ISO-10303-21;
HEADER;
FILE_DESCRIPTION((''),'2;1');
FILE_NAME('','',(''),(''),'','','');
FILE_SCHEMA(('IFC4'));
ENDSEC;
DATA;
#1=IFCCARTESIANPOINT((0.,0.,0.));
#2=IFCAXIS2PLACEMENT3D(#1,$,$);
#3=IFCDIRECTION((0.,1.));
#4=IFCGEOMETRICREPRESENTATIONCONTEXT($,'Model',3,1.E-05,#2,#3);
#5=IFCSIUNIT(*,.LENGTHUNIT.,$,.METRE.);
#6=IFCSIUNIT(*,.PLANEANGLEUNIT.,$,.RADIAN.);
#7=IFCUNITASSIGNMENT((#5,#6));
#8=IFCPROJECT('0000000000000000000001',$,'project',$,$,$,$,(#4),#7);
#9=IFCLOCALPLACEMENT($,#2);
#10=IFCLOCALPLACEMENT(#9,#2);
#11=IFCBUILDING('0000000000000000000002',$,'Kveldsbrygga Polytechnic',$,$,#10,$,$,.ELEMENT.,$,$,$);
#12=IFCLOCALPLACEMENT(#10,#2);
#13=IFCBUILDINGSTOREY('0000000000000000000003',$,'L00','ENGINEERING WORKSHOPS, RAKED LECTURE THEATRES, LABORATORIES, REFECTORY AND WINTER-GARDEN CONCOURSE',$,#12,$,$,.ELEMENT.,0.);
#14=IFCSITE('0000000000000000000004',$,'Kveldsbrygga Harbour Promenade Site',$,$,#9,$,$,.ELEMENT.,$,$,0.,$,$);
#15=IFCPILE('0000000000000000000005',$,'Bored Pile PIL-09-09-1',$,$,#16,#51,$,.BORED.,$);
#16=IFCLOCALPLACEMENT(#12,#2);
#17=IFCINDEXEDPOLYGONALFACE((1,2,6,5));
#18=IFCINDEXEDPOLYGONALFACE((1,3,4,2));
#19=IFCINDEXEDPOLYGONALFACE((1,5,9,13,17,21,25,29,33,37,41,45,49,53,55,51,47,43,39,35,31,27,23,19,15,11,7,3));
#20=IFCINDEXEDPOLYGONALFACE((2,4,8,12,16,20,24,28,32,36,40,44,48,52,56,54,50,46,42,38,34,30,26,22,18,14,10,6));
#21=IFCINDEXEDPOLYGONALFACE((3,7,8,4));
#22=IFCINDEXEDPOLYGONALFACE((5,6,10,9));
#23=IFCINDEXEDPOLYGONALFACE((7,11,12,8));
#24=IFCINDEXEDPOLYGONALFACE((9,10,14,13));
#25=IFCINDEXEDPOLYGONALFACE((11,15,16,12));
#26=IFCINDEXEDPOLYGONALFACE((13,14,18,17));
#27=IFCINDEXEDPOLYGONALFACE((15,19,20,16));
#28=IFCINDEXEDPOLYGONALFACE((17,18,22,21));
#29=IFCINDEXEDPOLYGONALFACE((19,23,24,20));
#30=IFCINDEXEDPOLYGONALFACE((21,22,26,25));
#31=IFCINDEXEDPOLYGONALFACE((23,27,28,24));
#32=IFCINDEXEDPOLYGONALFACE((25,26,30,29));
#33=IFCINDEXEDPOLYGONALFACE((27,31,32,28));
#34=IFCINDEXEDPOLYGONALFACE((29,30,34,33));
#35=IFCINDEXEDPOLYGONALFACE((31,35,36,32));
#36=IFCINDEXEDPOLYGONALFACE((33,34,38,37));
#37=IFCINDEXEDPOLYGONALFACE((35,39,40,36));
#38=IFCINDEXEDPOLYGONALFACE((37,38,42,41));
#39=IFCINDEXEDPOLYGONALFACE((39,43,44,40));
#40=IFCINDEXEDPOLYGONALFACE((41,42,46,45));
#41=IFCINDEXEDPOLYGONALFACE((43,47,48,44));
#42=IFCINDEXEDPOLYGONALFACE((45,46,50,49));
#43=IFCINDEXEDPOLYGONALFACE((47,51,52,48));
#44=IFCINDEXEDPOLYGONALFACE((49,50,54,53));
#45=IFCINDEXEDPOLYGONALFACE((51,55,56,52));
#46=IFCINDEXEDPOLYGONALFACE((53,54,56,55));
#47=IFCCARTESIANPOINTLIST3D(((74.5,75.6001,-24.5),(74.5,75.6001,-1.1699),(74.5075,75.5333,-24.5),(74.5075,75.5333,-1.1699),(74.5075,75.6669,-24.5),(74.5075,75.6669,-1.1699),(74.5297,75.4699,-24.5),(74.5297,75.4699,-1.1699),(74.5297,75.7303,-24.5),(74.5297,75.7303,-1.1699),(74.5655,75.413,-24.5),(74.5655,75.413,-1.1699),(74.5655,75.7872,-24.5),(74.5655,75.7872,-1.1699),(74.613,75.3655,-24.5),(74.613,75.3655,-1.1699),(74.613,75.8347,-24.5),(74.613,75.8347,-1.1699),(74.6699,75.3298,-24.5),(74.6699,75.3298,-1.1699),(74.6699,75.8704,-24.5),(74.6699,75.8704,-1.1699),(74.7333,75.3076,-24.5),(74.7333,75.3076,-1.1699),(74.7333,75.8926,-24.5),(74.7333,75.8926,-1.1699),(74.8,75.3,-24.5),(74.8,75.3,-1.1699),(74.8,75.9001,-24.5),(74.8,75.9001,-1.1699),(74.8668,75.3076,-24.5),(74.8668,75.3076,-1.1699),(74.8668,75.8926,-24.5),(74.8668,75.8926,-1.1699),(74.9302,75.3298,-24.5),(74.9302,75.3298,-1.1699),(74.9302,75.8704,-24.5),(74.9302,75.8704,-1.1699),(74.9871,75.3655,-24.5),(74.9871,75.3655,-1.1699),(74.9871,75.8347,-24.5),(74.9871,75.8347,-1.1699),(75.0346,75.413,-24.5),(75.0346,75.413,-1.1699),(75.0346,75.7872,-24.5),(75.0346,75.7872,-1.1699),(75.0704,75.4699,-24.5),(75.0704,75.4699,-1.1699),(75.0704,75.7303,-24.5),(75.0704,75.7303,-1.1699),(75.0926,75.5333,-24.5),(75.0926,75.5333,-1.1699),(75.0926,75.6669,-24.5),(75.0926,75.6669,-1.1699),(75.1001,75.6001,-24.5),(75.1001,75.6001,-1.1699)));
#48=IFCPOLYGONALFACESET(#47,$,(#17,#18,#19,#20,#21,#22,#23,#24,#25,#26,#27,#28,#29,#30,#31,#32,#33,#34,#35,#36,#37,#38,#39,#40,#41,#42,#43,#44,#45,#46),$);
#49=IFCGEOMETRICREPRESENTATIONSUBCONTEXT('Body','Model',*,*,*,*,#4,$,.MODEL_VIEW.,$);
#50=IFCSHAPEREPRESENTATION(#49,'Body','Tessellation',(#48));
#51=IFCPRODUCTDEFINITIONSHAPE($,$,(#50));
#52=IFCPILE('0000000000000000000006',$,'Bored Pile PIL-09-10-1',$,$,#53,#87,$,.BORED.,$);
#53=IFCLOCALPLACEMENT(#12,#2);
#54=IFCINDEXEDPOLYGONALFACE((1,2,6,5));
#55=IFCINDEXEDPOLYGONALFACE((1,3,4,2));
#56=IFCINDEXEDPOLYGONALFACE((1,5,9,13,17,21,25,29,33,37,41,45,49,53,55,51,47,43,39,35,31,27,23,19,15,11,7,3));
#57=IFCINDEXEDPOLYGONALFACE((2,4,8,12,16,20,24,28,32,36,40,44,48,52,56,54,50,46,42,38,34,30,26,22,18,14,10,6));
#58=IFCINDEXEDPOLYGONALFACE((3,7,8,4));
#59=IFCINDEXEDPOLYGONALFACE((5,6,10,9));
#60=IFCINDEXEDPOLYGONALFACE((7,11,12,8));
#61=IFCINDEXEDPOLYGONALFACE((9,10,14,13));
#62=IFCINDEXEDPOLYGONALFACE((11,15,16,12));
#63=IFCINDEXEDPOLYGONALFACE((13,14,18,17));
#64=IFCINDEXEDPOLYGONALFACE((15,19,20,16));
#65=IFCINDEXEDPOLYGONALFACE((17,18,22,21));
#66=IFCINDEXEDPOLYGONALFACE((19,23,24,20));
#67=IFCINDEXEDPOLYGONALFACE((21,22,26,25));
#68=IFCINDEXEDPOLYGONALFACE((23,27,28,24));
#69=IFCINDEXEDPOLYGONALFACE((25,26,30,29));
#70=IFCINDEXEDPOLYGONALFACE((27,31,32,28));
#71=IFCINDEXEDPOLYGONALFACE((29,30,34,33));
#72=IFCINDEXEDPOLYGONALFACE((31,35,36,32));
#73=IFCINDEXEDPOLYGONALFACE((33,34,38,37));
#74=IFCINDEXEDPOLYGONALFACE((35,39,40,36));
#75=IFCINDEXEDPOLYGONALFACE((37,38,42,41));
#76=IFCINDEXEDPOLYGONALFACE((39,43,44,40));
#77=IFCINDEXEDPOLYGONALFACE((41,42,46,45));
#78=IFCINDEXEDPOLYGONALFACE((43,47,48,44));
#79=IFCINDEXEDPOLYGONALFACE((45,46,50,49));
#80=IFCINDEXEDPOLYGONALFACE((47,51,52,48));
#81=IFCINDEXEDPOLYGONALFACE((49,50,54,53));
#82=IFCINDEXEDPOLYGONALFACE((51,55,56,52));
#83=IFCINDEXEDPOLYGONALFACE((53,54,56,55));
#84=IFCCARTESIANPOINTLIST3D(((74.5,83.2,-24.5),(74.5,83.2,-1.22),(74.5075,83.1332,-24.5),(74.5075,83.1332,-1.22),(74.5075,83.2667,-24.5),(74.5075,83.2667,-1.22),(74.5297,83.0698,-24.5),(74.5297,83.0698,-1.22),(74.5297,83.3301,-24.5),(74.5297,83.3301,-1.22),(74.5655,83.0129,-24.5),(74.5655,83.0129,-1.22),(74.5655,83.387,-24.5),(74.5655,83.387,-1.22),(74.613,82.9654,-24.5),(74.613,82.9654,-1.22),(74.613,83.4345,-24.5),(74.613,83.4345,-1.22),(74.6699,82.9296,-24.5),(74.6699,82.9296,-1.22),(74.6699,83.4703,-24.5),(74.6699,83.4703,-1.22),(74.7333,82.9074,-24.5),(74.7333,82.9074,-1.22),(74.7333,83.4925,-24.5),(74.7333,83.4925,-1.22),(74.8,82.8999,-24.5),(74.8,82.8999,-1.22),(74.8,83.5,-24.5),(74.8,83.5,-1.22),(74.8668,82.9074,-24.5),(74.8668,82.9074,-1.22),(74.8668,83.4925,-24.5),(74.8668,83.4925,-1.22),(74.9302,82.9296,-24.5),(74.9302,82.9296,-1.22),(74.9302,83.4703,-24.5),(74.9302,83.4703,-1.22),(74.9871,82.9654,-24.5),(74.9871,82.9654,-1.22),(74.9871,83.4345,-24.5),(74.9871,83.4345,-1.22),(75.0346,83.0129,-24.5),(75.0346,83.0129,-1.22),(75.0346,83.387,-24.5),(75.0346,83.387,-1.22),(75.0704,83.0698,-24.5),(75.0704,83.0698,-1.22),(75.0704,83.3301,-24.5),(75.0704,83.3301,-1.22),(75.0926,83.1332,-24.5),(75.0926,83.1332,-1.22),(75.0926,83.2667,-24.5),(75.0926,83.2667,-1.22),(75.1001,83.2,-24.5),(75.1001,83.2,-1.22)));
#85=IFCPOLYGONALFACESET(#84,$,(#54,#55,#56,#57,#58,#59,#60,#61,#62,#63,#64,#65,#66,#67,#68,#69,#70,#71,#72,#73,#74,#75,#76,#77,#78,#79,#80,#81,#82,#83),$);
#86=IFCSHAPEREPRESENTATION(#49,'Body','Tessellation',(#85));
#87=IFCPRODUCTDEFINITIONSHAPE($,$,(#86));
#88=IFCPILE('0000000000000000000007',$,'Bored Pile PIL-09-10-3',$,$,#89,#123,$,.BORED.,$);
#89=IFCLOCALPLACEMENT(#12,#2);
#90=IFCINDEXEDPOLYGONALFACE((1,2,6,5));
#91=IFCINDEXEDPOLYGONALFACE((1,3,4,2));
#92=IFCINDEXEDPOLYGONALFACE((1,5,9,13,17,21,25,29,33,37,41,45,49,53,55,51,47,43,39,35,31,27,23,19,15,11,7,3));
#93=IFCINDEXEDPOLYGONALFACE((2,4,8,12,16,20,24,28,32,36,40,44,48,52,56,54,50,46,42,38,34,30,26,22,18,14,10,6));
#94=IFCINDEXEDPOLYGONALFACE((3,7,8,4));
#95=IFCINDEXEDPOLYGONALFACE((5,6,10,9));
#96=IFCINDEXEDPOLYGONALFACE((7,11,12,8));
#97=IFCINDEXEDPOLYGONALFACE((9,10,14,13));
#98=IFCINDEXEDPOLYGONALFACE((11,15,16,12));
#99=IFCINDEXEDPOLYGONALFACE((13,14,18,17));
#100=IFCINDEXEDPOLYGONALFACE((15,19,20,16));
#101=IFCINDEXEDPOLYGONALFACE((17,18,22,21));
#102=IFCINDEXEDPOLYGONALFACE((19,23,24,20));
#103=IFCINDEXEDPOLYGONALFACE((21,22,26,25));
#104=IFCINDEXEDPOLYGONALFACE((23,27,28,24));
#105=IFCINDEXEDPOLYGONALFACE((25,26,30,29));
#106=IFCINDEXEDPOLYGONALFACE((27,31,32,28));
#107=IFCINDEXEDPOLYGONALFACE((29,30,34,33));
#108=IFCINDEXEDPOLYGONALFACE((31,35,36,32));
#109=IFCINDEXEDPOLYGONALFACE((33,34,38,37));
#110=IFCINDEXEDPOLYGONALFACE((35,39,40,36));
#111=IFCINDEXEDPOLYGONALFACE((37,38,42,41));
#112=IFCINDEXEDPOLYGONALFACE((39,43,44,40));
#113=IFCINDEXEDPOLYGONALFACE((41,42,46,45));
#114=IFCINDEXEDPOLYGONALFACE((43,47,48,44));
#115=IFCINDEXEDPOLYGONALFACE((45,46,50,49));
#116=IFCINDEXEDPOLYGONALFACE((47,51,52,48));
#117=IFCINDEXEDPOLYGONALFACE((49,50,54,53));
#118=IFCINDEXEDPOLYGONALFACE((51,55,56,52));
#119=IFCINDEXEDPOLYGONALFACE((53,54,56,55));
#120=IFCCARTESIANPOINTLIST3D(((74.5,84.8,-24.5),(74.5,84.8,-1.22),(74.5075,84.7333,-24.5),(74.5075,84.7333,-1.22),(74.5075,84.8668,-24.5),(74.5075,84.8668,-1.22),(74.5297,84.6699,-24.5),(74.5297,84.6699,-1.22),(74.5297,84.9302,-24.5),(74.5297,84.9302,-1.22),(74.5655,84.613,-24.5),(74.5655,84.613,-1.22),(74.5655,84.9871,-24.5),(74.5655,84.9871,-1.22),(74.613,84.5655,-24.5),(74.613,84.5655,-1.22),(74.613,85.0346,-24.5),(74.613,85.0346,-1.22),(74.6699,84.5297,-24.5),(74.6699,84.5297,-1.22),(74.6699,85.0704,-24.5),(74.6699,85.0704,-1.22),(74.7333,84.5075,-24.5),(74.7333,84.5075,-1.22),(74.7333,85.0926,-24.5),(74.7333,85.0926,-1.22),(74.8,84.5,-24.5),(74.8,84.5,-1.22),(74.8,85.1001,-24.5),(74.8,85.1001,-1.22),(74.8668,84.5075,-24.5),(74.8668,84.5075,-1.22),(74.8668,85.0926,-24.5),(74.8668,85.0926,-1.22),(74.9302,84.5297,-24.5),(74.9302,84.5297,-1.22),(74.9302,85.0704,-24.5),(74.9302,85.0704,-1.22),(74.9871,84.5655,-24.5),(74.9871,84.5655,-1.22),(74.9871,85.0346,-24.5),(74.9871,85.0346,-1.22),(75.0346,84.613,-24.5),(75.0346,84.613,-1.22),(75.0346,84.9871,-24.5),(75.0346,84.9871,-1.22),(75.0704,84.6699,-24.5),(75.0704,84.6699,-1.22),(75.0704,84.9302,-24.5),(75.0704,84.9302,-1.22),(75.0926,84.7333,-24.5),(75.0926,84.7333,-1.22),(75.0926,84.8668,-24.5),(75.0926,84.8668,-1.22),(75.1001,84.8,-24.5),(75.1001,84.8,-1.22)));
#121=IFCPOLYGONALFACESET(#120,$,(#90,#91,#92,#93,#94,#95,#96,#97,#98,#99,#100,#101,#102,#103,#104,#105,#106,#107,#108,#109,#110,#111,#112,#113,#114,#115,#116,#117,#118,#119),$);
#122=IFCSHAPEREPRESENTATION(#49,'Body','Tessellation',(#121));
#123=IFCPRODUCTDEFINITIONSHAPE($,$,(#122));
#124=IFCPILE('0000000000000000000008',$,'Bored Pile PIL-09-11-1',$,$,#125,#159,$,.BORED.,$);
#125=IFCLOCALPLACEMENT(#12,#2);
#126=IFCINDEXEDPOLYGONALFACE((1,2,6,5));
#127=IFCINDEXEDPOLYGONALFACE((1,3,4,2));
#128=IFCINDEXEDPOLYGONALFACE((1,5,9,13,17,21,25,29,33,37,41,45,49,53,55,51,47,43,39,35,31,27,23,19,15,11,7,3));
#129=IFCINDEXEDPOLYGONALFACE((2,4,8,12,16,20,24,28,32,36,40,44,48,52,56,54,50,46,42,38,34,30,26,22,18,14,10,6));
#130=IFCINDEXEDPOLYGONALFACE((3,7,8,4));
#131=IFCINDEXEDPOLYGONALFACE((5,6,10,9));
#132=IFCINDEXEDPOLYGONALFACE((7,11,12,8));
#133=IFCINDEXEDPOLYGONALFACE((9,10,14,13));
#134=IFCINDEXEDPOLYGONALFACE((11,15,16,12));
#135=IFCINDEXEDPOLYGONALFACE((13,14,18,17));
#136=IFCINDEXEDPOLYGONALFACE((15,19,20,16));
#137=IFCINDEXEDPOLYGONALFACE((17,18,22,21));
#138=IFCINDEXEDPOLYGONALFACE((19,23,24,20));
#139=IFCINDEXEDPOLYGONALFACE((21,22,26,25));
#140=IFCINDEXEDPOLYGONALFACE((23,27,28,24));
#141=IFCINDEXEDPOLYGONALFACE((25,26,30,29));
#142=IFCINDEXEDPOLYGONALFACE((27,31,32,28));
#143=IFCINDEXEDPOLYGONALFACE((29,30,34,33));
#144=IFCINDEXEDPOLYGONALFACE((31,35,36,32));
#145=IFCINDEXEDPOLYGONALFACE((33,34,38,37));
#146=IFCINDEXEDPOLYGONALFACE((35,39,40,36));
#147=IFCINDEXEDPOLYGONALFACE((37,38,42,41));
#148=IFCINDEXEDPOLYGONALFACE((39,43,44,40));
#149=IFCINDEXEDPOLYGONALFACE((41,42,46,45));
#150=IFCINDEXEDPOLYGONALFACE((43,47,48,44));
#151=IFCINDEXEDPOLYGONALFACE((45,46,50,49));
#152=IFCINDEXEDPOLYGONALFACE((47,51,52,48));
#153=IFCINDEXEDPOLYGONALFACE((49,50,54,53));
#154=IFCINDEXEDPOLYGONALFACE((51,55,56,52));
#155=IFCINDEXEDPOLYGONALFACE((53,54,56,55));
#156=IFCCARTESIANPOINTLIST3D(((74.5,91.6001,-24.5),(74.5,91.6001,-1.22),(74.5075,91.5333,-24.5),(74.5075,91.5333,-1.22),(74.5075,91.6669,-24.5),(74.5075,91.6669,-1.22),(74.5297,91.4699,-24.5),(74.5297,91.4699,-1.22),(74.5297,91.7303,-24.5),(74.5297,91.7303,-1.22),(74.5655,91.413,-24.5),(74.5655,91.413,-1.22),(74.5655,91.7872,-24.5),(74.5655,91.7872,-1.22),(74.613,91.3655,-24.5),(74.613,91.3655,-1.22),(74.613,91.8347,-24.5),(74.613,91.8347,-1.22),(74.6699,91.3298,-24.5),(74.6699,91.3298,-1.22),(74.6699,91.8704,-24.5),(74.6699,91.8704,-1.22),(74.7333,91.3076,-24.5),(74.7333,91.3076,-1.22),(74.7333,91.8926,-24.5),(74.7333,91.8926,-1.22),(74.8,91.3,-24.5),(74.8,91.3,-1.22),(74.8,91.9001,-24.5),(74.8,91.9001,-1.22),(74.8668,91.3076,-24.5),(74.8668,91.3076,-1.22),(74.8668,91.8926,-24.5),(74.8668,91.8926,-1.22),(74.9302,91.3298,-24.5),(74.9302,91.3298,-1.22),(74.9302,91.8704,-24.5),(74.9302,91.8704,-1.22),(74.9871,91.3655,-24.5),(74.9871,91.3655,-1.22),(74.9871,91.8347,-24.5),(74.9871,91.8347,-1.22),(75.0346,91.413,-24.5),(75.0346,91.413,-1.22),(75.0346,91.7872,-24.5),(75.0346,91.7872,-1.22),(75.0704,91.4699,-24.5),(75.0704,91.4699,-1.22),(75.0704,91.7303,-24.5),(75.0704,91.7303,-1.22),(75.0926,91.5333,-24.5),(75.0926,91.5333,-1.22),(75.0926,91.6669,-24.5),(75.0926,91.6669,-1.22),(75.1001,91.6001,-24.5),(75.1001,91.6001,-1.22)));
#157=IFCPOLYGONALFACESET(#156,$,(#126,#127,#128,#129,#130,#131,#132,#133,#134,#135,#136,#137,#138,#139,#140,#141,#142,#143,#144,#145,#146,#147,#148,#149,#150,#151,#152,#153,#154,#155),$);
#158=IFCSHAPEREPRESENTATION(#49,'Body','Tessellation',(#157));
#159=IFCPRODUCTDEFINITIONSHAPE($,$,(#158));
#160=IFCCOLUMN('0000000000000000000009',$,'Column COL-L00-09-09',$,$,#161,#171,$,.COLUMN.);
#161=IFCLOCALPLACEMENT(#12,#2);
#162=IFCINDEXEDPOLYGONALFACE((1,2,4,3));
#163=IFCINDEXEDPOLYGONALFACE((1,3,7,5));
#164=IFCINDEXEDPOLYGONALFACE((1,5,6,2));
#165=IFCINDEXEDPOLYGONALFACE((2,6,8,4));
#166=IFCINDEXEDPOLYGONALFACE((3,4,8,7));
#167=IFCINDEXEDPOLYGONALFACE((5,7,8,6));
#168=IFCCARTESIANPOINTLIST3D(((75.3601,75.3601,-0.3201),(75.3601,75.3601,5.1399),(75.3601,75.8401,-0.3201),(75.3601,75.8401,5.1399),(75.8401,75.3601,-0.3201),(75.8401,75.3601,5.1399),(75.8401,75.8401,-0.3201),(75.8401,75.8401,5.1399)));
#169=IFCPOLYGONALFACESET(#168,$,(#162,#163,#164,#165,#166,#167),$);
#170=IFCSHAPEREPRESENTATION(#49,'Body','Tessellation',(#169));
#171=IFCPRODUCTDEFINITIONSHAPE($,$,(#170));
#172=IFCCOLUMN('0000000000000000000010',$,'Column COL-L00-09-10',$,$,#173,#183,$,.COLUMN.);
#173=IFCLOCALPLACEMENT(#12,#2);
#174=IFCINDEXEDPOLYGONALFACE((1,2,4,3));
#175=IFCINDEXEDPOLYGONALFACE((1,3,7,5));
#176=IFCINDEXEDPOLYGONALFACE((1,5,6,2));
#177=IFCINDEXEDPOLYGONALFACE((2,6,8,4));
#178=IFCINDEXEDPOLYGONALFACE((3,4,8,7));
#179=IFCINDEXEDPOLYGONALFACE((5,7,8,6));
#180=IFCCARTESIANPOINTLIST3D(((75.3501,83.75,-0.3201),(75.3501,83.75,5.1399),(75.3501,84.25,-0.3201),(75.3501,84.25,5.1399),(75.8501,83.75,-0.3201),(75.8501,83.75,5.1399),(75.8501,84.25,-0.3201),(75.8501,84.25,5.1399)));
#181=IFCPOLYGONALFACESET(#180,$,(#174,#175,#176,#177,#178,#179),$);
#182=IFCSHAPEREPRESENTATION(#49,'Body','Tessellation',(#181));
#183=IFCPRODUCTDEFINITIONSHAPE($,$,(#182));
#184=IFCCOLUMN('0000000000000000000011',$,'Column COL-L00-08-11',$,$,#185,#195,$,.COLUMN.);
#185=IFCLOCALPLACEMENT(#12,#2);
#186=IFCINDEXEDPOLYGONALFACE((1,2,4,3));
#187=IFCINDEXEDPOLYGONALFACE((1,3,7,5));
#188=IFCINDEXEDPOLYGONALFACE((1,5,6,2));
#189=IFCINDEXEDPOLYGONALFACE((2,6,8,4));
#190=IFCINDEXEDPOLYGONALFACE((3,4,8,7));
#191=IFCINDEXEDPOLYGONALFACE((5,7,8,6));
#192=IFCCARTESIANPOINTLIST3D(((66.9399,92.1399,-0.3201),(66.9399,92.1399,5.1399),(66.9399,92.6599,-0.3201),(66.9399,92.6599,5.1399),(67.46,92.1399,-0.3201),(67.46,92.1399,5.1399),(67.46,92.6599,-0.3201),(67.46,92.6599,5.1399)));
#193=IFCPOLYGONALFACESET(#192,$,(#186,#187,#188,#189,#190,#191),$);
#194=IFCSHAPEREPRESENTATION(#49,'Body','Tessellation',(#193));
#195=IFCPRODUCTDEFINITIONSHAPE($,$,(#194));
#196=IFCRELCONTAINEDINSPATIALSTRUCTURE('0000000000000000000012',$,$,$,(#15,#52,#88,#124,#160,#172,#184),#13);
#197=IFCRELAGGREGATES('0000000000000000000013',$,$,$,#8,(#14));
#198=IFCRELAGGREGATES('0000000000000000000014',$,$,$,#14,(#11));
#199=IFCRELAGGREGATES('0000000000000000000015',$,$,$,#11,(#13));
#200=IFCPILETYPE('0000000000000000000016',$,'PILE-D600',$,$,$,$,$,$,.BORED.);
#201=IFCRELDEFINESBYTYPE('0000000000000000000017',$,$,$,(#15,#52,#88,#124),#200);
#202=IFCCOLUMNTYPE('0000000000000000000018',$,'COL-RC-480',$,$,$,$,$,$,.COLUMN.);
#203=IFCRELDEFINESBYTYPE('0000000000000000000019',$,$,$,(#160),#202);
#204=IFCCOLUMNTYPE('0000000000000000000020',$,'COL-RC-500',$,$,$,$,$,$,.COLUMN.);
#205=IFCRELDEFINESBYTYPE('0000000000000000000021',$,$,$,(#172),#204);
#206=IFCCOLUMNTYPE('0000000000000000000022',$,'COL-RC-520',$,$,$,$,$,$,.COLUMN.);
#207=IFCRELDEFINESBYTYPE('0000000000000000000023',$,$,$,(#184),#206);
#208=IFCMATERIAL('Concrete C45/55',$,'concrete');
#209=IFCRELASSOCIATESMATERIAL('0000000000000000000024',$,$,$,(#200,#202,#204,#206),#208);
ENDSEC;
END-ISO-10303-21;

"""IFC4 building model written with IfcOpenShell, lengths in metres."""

from ifc_helpers import new_model, si_unit, direction, frame, origin, origin_2d, place, context, subcontext, project, spatial, rectangle, circle, extrude, material, material_profile, profile_set, type_object, element, save


model = new_model("IFC4")

# Units and contexts
model_context = context("Model", 3, precision=1e-05, world=origin(), true_north=direction((0.0, 1.0)))
body_context = subcontext(model_context, "Body", "Model", "MODEL_VIEW")
ifc_project = project(units=[si_unit("LENGTHUNIT", "METRE"), si_unit("PLANEANGLEUNIT", "RADIAN")], contexts=[model_context])

# Site, building, storey
site_placement = place(None, origin())
site = spatial("IfcSite", under=ifc_project, at=site_placement, Name="Kveldsbrygga Harbour Promenade Site", CompositionType="ELEMENT", RefElevation=0.0)
building_placement = place(site_placement, origin())
building = spatial("IfcBuilding", under=site, at=building_placement, Name="Kveldsbrygga Polytechnic", CompositionType="ELEMENT")
storey_placement = place(building_placement, origin())
storey = spatial("IfcBuildingStorey", under=building, at=storey_placement, Name="L00", Description="ENGINEERING WORKSHOPS, RAKED LECTURE THEATRES, LABORATORIES, REFECTORY AND WINTER-GARDEN CONCOURSE", CompositionType="ELEMENT", Elevation=0.0)

# Shared definitions
ifc_material_1 = material(Name="Concrete C45/55", Category="concrete")

# Piles
ifc_material_profile_1 = material_profile(ifc_material_1, circle(Radius=0.3, at=origin_2d()), Name="PILE D600")
ifc_profile_set_1 = profile_set([ifc_material_profile_1], Name="Concrete C45/55")
pile_type = type_object("IfcPileType", Name="PILE-D600", PredefinedType="BORED", material=ifc_profile_set_1)
pile_placement = place(storey_placement, frame((74.8, 75.6001, -1.1699), z_axis=(0.0, 0.0, -1.0), x_axis=(1.0, 0.0, 0.0)))
element("IfcPile", 1, at=pile_placement, inside=storey, type_object=pile_type, Name="Bored Pile PIL-09-09-1", PredefinedType="BORED", context=body_context, shape_type="SweptSolid", body=[
    extrude(circle(Radius=0.3, at=origin_2d()), origin(), (0.0, 0.0, 1.0), 23.3301),
])
for number, where, z_axis, x_axis, name in (
    (2, (74.8, 83.2, -1.22), (0.0, 0.0, -1.0), (1.0, 0.0, 0.0), "Bored Pile PIL-09-10-1"),
    (3, (74.8, 84.8, -1.22), (0.0, 0.0, -1.0), (1.0, 0.0, 0.0), "Bored Pile PIL-09-10-3"),
    (4, (74.8, 91.6001, -1.22), (0.0, 0.0, -1.0), (1.0, 0.0, 0.0), "Bored Pile PIL-09-11-1"),
):
    element("IfcPile", number, at=place(storey_placement, frame(where, z_axis=z_axis, x_axis=x_axis)), inside=storey, type_object=pile_type, Name=name, PredefinedType="BORED", context=body_context, shape_type="SweptSolid", body=[
        extrude(circle(Radius=0.3, at=origin_2d()), origin(), (0.0, 0.0, 1.0), 23.28),
    ])

# Columns
ifc_material_profile_2 = material_profile(ifc_material_1, rectangle(XDim=0.48, YDim=0.48, at=origin_2d()), Name="RC 480x480")
ifc_profile_set_2 = profile_set([ifc_material_profile_2], Name="Concrete C45/55")
column_type_1 = type_object("IfcColumnType", Name="COL-RC-480", PredefinedType="COLUMN", material=ifc_profile_set_2)
column_1_placement = place(storey_placement, frame((75.6001, 75.6001, -0.3201), z_axis=(0.0, 0.0, 1.0), x_axis=(1.0, 0.0, 0.0)))
element("IfcColumn", 5, at=column_1_placement, inside=storey, type_object=column_type_1, Name="Column COL-L00-09-09", PredefinedType="COLUMN", context=body_context, shape_type="SweptSolid", body=[
    extrude(rectangle(XDim=0.48, YDim=0.48, at=origin_2d()), origin(), (0.0, 0.0, 1.0), 5.46),
])
ifc_material_profile_3 = material_profile(ifc_material_1, rectangle(XDim=0.5, YDim=0.5, at=origin_2d()), Name="RC 500x500")
ifc_profile_set_3 = profile_set([ifc_material_profile_3], Name="Concrete C45/55")
column_type_2 = type_object("IfcColumnType", Name="COL-RC-500", PredefinedType="COLUMN", material=ifc_profile_set_3)
column_2_placement = place(storey_placement, frame((75.6001, 84.0, -0.3201), z_axis=(0.0, 0.0, 1.0), x_axis=(1.0, 0.0, 0.0)))
element("IfcColumn", 6, at=column_2_placement, inside=storey, type_object=column_type_2, Name="Column COL-L00-09-10", PredefinedType="COLUMN", context=body_context, shape_type="SweptSolid", body=[
    extrude(rectangle(XDim=0.5, YDim=0.5, at=origin_2d()), origin(), (0.0, 0.0, 1.0), 5.46),
])
ifc_material_profile_4 = material_profile(ifc_material_1, rectangle(XDim=0.52, YDim=0.52, at=origin_2d()), Name="RC 520x520")
ifc_profile_set_4 = profile_set([ifc_material_profile_4], Name="Concrete C45/55")
column_type_3 = type_object("IfcColumnType", Name="COL-RC-520", PredefinedType="COLUMN", material=ifc_profile_set_4)
column_3_placement = place(storey_placement, frame((67.2, 92.3999, -0.3201), z_axis=(0.0, 0.0, 1.0), x_axis=(1.0, 0.0, 0.0)))
element("IfcColumn", 7, at=column_3_placement, inside=storey, type_object=column_type_3, Name="Column COL-L00-08-11", PredefinedType="COLUMN", context=body_context, shape_type="SweptSolid", body=[
    extrude(rectangle(XDim=0.52, YDim=0.52, at=origin_2d()), origin(), (0.0, 0.0, 1.0), 5.46),
])

save(model, "model.ifc")
